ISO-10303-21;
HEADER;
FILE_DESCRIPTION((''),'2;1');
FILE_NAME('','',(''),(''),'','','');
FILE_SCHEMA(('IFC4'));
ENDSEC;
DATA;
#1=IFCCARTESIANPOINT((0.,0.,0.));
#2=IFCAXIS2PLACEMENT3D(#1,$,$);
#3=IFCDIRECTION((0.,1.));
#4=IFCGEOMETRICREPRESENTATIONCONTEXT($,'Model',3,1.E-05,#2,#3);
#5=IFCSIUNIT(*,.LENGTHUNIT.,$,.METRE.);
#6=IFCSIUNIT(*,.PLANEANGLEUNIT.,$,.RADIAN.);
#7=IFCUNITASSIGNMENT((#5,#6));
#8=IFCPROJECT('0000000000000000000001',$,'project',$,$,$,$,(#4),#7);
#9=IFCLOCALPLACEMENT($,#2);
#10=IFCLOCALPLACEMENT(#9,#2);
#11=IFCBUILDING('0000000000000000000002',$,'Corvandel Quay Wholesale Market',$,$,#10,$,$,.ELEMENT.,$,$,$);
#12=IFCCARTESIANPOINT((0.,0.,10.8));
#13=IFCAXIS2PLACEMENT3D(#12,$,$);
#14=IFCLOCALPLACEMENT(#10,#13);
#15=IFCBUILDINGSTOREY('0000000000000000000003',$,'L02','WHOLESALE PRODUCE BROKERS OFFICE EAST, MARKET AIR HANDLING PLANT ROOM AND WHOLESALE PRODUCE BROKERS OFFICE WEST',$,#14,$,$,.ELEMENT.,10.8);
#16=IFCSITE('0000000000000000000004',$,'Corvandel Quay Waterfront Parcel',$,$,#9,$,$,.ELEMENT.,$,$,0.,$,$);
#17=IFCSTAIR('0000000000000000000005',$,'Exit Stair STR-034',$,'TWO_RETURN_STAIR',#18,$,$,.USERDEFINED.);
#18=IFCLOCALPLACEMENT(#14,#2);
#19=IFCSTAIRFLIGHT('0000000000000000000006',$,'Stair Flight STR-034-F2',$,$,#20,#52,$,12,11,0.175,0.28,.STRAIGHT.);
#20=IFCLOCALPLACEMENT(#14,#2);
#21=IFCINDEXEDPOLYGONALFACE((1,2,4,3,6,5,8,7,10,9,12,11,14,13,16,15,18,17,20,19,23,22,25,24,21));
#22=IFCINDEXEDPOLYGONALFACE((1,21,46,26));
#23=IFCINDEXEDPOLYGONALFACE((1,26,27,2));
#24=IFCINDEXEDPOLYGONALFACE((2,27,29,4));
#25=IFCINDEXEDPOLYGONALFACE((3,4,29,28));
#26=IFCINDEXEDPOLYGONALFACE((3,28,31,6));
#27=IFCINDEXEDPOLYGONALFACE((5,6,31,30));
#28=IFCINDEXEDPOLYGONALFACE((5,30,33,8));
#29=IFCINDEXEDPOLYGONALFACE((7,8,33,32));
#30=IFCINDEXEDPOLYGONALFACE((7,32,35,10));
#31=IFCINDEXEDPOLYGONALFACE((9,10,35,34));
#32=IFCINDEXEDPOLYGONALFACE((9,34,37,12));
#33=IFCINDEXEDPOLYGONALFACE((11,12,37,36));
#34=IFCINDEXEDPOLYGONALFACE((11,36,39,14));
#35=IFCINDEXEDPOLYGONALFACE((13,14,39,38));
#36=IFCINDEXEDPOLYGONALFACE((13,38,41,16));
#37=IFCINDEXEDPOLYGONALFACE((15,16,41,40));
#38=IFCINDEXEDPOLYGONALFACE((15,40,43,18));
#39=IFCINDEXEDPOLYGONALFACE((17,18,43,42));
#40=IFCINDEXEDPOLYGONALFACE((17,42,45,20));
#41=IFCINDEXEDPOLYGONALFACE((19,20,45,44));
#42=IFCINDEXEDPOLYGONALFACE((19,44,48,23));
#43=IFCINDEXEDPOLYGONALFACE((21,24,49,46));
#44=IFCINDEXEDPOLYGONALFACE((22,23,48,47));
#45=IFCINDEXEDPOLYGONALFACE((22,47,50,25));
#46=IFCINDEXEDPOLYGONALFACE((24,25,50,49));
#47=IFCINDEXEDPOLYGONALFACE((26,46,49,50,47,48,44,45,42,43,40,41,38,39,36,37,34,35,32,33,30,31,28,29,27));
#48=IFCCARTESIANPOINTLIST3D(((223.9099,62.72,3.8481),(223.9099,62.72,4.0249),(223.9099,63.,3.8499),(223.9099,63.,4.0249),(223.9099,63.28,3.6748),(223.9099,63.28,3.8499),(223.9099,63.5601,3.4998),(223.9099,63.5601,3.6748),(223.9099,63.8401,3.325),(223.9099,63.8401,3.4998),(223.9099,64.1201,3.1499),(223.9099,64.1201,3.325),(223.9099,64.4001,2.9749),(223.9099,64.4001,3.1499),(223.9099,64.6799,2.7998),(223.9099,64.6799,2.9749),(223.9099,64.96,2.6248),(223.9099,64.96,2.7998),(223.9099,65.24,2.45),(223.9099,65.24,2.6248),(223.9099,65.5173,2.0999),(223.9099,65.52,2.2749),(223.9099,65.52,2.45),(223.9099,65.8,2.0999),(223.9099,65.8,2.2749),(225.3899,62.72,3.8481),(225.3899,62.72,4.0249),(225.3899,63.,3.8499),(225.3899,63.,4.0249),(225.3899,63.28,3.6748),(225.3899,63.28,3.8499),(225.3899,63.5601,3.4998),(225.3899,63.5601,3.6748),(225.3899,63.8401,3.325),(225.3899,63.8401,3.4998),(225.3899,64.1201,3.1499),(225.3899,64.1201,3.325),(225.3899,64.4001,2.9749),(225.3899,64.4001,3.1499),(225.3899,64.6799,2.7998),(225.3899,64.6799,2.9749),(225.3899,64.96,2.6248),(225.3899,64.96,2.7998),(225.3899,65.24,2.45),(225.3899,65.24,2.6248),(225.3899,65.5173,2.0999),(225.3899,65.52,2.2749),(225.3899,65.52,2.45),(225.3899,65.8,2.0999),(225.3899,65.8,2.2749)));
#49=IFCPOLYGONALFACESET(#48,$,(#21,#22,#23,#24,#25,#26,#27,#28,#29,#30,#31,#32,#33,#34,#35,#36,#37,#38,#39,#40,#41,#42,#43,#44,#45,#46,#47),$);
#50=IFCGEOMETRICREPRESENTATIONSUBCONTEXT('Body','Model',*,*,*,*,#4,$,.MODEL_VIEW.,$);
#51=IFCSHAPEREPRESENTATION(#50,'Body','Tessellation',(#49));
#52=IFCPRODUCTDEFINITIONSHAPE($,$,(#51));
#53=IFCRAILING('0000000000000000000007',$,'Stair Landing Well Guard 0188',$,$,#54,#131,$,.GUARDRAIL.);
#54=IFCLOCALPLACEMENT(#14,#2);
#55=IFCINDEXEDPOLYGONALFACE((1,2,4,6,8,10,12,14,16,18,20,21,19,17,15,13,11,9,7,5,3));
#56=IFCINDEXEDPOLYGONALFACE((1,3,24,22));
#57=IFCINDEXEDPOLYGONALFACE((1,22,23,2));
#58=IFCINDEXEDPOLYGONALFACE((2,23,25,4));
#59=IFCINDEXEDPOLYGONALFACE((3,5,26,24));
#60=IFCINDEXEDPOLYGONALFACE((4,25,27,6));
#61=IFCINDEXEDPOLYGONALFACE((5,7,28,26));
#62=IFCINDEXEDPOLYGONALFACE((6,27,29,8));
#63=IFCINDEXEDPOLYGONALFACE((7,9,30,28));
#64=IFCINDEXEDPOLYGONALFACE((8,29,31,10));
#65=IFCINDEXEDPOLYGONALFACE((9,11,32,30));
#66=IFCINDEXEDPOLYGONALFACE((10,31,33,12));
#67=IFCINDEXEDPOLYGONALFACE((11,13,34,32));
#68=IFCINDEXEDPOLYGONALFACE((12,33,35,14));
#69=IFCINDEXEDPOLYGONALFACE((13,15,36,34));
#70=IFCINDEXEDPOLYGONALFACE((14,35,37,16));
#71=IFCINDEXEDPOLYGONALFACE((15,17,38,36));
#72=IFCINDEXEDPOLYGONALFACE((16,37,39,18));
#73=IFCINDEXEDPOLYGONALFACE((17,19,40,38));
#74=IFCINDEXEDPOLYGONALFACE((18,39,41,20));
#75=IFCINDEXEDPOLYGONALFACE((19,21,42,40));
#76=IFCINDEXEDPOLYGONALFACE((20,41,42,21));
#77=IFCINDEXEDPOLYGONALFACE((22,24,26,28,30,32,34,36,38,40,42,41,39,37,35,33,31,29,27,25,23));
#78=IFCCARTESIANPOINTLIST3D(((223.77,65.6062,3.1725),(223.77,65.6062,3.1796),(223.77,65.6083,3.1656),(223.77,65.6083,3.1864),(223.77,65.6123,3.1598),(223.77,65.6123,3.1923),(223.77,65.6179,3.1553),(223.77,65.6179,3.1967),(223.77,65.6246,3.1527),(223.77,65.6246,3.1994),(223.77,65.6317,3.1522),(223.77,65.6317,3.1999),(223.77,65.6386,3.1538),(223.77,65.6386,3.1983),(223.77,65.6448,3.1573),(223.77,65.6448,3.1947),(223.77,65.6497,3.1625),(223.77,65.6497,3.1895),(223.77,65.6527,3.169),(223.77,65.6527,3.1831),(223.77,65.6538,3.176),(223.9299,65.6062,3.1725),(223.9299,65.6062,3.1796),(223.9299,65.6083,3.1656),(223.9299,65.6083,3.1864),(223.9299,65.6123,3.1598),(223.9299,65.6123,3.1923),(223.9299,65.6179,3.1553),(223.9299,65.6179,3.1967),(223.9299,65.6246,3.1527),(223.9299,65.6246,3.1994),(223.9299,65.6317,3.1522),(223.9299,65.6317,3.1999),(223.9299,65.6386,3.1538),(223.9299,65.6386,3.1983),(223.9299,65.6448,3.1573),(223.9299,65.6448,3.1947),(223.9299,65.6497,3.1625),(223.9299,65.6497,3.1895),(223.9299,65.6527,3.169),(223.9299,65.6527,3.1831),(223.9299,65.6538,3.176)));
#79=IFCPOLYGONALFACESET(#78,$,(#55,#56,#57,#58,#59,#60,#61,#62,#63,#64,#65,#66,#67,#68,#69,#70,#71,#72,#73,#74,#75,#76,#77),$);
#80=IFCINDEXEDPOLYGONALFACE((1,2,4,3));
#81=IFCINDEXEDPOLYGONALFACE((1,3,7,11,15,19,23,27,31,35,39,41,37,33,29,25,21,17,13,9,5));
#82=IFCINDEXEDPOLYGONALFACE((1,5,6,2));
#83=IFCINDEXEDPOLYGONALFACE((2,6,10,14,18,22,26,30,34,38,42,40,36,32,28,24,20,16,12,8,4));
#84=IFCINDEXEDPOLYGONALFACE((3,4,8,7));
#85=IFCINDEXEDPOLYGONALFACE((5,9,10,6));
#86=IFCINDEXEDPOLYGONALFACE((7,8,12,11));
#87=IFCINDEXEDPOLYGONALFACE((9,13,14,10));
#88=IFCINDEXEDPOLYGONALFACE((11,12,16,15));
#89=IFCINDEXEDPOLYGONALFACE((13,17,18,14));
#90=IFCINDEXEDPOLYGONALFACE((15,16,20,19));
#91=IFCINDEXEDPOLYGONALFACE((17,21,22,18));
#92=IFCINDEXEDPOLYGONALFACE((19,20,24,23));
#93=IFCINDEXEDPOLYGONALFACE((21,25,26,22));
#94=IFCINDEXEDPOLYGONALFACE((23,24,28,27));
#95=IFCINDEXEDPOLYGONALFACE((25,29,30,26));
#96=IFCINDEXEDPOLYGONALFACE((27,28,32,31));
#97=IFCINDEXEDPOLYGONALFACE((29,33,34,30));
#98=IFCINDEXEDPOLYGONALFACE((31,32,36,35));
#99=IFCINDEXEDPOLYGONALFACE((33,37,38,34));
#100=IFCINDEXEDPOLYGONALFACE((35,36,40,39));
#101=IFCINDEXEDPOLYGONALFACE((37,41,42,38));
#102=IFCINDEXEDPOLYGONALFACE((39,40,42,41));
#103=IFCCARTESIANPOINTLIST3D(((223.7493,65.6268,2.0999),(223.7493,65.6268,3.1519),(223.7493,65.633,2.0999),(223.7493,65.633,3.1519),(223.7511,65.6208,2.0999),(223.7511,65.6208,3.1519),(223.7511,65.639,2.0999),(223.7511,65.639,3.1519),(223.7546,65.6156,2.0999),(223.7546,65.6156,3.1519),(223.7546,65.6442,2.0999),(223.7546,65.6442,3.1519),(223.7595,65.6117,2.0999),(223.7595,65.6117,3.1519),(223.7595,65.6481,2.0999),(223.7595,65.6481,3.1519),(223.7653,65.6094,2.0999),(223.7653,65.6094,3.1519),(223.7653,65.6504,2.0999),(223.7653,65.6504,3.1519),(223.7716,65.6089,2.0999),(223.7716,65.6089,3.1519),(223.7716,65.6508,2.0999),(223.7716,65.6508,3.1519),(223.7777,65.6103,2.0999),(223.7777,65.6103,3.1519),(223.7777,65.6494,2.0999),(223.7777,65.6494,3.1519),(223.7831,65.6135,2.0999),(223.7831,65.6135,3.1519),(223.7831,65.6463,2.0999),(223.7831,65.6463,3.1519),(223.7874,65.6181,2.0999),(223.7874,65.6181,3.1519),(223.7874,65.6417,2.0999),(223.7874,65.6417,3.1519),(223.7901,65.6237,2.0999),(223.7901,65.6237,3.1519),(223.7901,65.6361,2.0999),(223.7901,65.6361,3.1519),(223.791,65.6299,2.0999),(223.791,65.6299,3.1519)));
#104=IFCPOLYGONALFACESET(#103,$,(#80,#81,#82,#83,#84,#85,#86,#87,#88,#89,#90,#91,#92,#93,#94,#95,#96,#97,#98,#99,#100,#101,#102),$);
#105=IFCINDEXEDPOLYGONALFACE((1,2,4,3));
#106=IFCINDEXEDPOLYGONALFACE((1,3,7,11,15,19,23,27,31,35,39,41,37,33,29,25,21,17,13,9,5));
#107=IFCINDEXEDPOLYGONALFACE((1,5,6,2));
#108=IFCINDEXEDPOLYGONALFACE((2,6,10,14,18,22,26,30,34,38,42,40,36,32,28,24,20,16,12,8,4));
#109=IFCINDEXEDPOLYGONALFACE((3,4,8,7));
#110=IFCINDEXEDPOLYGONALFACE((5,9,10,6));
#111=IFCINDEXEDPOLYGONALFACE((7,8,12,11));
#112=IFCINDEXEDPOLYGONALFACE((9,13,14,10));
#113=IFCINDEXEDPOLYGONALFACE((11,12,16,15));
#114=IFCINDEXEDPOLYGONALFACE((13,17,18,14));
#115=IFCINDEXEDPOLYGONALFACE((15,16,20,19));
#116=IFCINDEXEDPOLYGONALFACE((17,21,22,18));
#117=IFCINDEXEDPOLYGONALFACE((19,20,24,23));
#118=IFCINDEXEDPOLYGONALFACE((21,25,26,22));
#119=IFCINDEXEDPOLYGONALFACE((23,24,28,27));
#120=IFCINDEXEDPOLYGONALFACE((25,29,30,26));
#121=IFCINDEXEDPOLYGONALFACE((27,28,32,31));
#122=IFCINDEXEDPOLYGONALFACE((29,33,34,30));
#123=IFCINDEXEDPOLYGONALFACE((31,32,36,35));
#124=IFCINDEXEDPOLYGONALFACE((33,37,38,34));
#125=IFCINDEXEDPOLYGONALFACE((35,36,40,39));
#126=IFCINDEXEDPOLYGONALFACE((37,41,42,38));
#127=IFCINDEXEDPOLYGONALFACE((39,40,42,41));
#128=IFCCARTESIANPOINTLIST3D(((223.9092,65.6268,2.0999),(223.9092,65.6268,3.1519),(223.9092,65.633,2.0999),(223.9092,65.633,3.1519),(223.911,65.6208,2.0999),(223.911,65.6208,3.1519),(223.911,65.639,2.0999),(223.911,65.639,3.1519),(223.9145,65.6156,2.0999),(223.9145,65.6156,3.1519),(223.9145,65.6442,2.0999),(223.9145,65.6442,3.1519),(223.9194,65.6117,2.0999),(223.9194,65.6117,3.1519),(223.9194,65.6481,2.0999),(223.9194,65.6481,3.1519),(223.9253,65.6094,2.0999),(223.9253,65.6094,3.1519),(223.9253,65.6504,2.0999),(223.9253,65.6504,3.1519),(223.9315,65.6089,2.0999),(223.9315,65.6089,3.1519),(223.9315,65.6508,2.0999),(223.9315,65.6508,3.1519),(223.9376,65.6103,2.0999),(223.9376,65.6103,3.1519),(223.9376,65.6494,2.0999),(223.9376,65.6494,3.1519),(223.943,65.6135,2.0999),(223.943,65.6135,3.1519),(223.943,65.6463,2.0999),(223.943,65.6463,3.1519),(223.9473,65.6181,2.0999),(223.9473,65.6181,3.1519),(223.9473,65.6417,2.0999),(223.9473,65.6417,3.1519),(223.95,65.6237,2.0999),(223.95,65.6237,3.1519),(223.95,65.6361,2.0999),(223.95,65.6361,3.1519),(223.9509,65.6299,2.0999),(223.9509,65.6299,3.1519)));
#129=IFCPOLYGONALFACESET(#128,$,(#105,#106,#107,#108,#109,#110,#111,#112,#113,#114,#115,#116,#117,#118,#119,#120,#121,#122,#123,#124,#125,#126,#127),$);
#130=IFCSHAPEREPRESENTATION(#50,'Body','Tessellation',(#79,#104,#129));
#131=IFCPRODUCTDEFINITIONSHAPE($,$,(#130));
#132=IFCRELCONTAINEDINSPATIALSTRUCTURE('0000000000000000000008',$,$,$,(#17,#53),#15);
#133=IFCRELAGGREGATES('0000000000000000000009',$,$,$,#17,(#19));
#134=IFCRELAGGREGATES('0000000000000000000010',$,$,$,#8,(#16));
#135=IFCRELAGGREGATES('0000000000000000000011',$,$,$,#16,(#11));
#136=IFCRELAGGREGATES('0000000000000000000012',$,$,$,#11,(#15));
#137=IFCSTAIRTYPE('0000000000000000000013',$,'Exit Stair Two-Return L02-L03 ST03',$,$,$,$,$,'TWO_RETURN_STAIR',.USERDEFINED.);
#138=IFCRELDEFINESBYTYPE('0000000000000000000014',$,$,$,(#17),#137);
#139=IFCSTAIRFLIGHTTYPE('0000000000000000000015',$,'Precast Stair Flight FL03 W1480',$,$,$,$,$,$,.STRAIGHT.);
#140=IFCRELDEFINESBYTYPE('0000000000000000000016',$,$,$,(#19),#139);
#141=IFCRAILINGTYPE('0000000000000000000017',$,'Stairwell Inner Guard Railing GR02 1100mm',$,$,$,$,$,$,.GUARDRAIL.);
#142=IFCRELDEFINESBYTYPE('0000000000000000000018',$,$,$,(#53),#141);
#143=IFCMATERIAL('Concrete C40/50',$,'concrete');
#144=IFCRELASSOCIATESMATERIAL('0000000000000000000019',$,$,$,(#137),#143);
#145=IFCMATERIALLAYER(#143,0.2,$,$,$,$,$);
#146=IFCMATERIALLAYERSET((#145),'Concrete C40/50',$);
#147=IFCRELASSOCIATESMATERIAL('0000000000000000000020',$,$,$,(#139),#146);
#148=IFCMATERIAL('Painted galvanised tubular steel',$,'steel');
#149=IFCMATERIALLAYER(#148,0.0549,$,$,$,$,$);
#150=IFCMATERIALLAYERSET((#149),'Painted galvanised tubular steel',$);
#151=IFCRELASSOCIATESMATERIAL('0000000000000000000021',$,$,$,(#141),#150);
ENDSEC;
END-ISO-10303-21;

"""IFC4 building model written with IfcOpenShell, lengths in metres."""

from ifc_helpers import new_model, si_unit, direction, frame, origin, origin_2d, place, context, subcontext, project, spatial, polyline, circle, outline, extrude, material, layer, layer_set, type_object, element, aggregate, save


model = new_model("IFC4")

# Units and contexts
model_context = context("Model", 3, precision=1e-05, world=origin(), true_north=direction((0.0, 1.0)))
body_context = subcontext(model_context, "Body", "Model", "MODEL_VIEW")
ifc_project = project(units=[si_unit("LENGTHUNIT", "METRE"), si_unit("PLANEANGLEUNIT", "RADIAN")], contexts=[model_context])

# Site, building, storey
site_placement = place(None, origin())
site = spatial("IfcSite", under=ifc_project, at=site_placement, Name="Corvandel Quay Waterfront Parcel", CompositionType="ELEMENT", RefElevation=0.0)
building_placement = place(site_placement, origin())
building = spatial("IfcBuilding", under=site, at=building_placement, Name="Corvandel Quay Wholesale Market", CompositionType="ELEMENT")
storey_placement = place(building_placement, frame((0.0, 0.0, 10.8)))
storey = spatial("IfcBuildingStorey", under=building, at=storey_placement, Name="L02", Description="WHOLESALE PRODUCE BROKERS OFFICE EAST, MARKET AIR HANDLING PLANT ROOM AND WHOLESALE PRODUCE BROKERS OFFICE WEST", CompositionType="ELEMENT", Elevation=10.8)

# Shared definitions
ifc_material_1 = material(Name="Concrete C40/50", Category="concrete")

# Stair, stair flight
stair_type = type_object("IfcStairType", Name="Exit Stair Two-Return L02-L03 ST03", ElementType="TWO_RETURN_STAIR", PredefinedType="USERDEFINED", material=ifc_material_1)
stair_placement = place(storey_placement, origin())
stair = element("IfcStair", 1, at=stair_placement, inside=storey, type_object=stair_type, Name="Exit Stair STR-034", ObjectType="TWO_RETURN_STAIR", PredefinedType="USERDEFINED")
ifc_layer_1 = layer(ifc_material_1, 0.2)
ifc_layer_set_1 = layer_set([ifc_layer_1], Name="Concrete C40/50")
stair_flight_type = type_object("IfcStairFlightType", Name="Precast Stair Flight FL03 W1480", PredefinedType="STRAIGHT", material=ifc_layer_set_1)
stair_flight_1_placement = place(storey_placement, frame((224.6499, 65.8, 2.0999), z_axis=(0.0, 0.0, 1.0), x_axis=(0.0, -1.0, 0.0)))
stair_flight_1 = element("IfcStairFlight", 2, at=stair_flight_1_placement, type_object=stair_flight_type, Name="Stair Flight STR-034-F2", NumberOfRisers=12, NumberOfTreads=11, PredefinedType="STRAIGHT", RiserHeight=0.175, TreadLength=0.28, context=body_context, shape_type="SweptSolid", body=[
    extrude(outline(polyline([(0.0, 0.0), (0.0, 0.175), (0.28, 0.175), (0.28, 0.3501), (0.5601, 0.3501), (0.5601, 0.5249), (0.8401, 0.5249), (0.8401, 0.7), (1.1201, 0.7), (1.1201, 0.875), (1.3999, 0.875), (1.3999, 1.05), (1.6799, 1.05), (1.6799, 1.2251), (1.96, 1.2251), (1.96, 1.3999), (2.24, 1.3999), (2.24, 1.575), (2.52, 1.575), (2.52, 1.75), (2.8, 1.75), (2.8, 1.925), (3.0801, 1.925), (3.0801, 2.1001), (3.0801, 1.7483), (0.2827, 0.0), (0.0, 0.0)])), frame((0.0, 0.74, 0.0), z_axis=(0.0, -1.0, 0.0), x_axis=(1.0, 0.0, 0.0)), (0.0, 0.0, 1.0), 1.48),
])
aggregate(stair, [stair_flight_1])

# Railing
ifc_material_2 = material(Name="Painted galvanised tubular steel", Category="steel")
ifc_layer_2 = layer(ifc_material_2, 0.0549)
ifc_layer_set_2 = layer_set([ifc_layer_2], Name="Painted galvanised tubular steel")
railing_type_1 = type_object("IfcRailingType", Name="Stairwell Inner Guard Railing GR02 1100mm", PredefinedType="GUARDRAIL", material=ifc_layer_set_2)
railing_placement = place(storey_placement, frame((223.77, 65.6299, 2.0999)))
element("IfcRailing", 3, at=railing_placement, inside=storey, type_object=railing_type_1, Name="Stair Landing Well Guard 0188", PredefinedType="GUARDRAIL", context=body_context, shape_type="SweptSolid", body=[
    extrude(circle(Radius=0.0239, at=origin_2d()), frame((0.0, 0.0, 1.0762), z_axis=(1.0, 0.0, 0.0), x_axis=(0.0, 1.0, 0.0)), (0.0, 0.0, 1.0), 0.1599),
    extrude(circle(Radius=0.021, at=origin_2d()), origin(), (0.0, 0.0, 1.0), 1.052),
    extrude(circle(Radius=0.021, at=origin_2d()), frame((0.1599, 0.0, 0.0)), (0.0, 0.0, 1.0), 1.052),
])

save(model, "model.ifc")
